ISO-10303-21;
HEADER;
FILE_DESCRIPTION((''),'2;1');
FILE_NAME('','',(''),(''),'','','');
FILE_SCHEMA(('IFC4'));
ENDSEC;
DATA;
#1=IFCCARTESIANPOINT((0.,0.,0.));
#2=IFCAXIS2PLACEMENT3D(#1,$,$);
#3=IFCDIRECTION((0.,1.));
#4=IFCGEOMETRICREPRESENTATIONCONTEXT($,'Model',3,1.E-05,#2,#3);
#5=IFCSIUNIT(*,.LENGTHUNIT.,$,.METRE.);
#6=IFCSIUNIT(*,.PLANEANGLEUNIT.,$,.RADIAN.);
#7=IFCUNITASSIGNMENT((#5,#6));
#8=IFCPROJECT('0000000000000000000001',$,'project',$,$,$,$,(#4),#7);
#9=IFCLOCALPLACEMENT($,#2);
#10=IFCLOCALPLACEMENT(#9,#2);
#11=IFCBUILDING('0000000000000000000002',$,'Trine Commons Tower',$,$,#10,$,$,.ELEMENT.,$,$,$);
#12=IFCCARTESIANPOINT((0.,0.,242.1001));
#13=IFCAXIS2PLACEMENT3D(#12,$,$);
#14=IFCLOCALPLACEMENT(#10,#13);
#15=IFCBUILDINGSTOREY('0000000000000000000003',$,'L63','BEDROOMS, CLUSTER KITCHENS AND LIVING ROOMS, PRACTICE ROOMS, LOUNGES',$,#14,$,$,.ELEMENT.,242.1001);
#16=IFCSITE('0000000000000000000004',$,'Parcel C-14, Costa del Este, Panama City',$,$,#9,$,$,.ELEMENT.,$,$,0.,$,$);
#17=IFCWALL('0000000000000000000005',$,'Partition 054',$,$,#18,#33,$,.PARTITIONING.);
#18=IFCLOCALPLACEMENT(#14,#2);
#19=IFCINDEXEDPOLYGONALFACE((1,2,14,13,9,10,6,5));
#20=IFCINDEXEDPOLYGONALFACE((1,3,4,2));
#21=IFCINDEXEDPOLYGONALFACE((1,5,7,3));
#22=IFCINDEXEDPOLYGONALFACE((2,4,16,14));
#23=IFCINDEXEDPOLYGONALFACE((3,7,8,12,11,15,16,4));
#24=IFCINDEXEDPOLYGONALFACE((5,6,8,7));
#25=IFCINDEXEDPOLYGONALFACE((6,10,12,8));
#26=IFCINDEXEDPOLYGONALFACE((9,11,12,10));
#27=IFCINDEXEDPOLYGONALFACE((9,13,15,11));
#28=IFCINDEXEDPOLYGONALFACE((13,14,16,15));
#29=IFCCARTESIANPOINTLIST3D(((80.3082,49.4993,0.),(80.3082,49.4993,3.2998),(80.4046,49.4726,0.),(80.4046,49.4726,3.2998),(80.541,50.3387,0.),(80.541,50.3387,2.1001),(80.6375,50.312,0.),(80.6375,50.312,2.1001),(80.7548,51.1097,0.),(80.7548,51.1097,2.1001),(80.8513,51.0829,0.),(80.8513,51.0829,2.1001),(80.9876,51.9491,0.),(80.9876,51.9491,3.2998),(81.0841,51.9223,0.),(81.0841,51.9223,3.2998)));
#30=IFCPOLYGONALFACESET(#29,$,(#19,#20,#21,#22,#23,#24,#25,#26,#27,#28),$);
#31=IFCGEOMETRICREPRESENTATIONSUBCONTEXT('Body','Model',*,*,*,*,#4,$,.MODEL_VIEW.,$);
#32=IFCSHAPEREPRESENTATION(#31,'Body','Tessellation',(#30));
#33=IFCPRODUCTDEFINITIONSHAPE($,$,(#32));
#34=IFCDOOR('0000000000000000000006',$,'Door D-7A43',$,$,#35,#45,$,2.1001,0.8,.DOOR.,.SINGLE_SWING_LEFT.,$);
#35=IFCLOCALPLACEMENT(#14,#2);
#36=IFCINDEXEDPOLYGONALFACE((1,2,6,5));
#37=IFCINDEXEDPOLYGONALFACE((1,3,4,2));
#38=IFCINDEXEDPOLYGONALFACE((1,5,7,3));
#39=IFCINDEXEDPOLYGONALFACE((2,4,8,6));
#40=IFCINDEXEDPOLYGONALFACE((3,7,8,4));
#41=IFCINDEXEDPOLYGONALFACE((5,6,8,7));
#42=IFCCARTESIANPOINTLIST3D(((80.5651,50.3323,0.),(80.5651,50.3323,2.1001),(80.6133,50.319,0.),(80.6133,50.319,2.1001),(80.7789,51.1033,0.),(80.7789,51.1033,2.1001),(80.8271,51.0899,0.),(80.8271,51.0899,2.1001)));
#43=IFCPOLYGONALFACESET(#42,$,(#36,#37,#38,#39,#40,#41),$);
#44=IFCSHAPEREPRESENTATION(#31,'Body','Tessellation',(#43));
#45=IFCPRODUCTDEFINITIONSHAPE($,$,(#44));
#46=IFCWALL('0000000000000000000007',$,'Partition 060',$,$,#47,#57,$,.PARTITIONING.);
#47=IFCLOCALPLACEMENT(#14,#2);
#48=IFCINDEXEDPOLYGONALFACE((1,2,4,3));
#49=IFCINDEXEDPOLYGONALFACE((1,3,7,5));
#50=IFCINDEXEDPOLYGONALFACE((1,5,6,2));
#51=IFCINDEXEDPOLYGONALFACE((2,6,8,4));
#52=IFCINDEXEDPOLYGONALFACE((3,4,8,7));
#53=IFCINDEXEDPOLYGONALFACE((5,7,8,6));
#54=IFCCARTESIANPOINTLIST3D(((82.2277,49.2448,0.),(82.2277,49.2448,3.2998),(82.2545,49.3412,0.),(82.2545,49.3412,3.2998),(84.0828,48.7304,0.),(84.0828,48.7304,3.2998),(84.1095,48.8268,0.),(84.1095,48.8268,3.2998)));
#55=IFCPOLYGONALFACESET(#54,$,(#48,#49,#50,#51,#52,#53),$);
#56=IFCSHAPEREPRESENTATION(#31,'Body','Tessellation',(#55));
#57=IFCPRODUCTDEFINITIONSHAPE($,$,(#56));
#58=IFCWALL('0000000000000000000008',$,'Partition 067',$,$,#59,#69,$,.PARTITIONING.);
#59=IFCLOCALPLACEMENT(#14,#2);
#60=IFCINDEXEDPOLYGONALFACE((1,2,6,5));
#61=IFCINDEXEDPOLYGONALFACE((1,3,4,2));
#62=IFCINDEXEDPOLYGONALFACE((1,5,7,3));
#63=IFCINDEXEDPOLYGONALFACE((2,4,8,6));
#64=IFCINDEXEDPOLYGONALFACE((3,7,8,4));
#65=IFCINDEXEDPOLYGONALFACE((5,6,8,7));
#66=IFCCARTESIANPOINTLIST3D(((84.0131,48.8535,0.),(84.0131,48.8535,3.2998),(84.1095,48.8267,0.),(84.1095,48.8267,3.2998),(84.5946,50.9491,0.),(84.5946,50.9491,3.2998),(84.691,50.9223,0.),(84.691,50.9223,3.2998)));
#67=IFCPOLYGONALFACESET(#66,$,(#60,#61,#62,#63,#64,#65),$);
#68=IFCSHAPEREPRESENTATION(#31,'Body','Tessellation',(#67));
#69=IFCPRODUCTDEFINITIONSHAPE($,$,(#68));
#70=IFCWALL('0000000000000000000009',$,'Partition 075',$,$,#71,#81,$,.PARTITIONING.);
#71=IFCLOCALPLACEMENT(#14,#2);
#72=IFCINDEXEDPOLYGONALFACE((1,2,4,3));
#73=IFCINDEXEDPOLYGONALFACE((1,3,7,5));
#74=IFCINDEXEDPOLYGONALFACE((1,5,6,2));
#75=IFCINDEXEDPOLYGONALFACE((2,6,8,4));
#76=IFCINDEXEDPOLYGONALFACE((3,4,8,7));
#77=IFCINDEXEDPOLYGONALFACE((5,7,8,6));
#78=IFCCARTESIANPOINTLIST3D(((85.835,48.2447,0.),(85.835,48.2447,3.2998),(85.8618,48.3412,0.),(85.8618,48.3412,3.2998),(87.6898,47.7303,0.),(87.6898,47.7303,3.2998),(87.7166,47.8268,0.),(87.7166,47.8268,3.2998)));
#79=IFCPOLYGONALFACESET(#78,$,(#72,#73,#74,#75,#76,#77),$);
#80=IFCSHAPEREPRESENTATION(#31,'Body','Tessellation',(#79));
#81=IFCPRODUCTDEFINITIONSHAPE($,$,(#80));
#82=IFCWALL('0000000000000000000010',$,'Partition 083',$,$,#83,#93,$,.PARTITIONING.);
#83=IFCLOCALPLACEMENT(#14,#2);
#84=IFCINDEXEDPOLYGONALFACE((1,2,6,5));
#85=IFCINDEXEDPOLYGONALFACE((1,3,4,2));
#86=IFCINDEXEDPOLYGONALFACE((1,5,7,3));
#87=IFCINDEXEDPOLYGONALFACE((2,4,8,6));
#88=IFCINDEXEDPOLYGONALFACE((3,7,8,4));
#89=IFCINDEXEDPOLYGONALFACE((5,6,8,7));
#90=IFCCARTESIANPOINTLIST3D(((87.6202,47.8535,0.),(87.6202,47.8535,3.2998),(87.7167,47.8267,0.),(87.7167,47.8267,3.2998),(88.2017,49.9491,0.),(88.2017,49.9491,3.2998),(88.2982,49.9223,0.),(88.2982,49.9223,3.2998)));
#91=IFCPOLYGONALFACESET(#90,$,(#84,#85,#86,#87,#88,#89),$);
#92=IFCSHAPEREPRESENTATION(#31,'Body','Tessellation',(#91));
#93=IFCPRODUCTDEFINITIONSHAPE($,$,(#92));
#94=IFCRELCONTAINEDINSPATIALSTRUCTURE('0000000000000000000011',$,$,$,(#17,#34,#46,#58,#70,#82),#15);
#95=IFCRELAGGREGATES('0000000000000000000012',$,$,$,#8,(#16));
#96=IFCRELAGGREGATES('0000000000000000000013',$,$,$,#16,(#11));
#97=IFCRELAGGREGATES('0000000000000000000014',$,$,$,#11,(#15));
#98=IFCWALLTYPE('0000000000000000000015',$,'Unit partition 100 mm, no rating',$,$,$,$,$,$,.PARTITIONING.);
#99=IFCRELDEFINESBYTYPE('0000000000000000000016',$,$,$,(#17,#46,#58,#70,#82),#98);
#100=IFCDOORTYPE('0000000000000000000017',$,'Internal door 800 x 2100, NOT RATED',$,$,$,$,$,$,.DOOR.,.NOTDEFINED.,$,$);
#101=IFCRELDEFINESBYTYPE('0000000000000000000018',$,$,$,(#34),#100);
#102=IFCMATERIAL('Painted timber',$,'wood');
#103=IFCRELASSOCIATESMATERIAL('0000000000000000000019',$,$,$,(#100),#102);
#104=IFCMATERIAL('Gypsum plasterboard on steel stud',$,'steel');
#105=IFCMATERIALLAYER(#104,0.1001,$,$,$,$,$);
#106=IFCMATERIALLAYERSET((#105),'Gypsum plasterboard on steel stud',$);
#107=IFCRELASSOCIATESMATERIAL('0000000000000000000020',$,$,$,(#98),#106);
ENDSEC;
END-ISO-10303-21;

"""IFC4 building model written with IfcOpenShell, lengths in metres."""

from ifc_helpers import new_model, si_unit, direction, frame, frame_2d, origin, place, context, subcontext, project, spatial, rectangle, extrude, material, layer, layer_set, type_object, element, fill, save


model = new_model("IFC4")

# Units and contexts
model_context = context("Model", 3, precision=1e-05, world=origin(), true_north=direction((0.0, 1.0)))
body_context = subcontext(model_context, "Body", "Model", "MODEL_VIEW")
ifc_project = project(units=[si_unit("LENGTHUNIT", "METRE"), si_unit("PLANEANGLEUNIT", "RADIAN")], contexts=[model_context])

# Site, building, storey
site_placement = place(None, origin())
site = spatial("IfcSite", under=ifc_project, at=site_placement, Name="Parcel C-14, Costa del Este, Panama City", CompositionType="ELEMENT", RefElevation=0.0)
building_placement = place(site_placement, origin())
building = spatial("IfcBuilding", under=site, at=building_placement, Name="Trine Commons Tower", CompositionType="ELEMENT")
storey_placement = place(building_placement, frame((0.0, 0.0, 242.1001)))
storey = spatial("IfcBuildingStorey", under=building, at=storey_placement, Name="L63", Description="BEDROOMS, CLUSTER KITCHENS AND LIVING ROOMS, PRACTICE ROOMS, LOUNGES", CompositionType="ELEMENT", Elevation=242.1001)

# Shared definitions
ifc_material_1 = material(Name="Gypsum plasterboard on steel stud", Category="steel")

# Shared definitions
ifc_material_2 = material(Name="Painted timber", Category="wood")
door_type_1 = type_object("IfcDoorType", Name="Internal door 800 x 2100, NOT RATED", OperationType="NOTDEFINED", PredefinedType="DOOR", material=ifc_material_2)

# Wall, opening, door
ifc_layer_1 = layer(ifc_material_1, 0.1001)
ifc_layer_set_1 = layer_set([ifc_layer_1], Name="Gypsum plasterboard on steel stud")
wall_type_1 = type_object("IfcWallType", Name="Unit partition 100 mm, no rating", PredefinedType="PARTITIONING", material=ifc_layer_set_1)
wall_1_placement = place(storey_placement, frame((80.3564, 49.4861, 0.0), z_axis=(0.0, 0.0, 1.0), x_axis=(0.267267, 0.963622, 0.0)))
wall_1 = element("IfcWall", 1, at=wall_1_placement, inside=storey, type_object=wall_type_1, Name="Partition 054", PredefinedType="PARTITIONING", context=body_context, shape_type="SweptSolid", body=[
    extrude(rectangle(XDim=2.5422, YDim=0.1001, at=frame_2d((1.271, 0.0))), origin(), (0.0, 0.0, 1.0), 3.2998),
])
opening_1_placement = place(wall_1_placement, frame((0.8711, 0.0, 0.0)))
opening_1 = element("IfcOpeningElement", 2, at=opening_1_placement, cuts=wall_1, PredefinedType="OPENING", context=body_context, shape_type="SweptSolid", body=[
    extrude(rectangle(XDim=0.8, YDim=2.1001, at=frame_2d((0.3999, 1.05))), frame((0.0, 0.0601, 0.0), z_axis=(0.0, -1.0, 0.0), x_axis=(1.0, 0.0, 0.0)), (0.0, 0.0, 1.0), 0.1201),
])
door_1_placement = place(opening_1_placement, frame((0.8, 0.0, 0.0), z_axis=(0.0, 0.0, 1.0), x_axis=(-1.0, 0.0, 0.0)))
door_1 = element("IfcDoor", 3, at=door_1_placement, inside=storey, type_object=door_type_1, Name="Door D-7A43", OperationType="SINGLE_SWING_LEFT", OverallHeight=2.1001, OverallWidth=0.8, PredefinedType="DOOR", context=body_context, shape_type="SweptSolid", body=[
    extrude(rectangle(XDim=0.8, YDim=2.1001, at=frame_2d((0.3999, 1.05))), frame((0.0, 0.0249, 0.0), z_axis=(0.0, -1.0, 0.0), x_axis=(1.0, 0.0, 0.0)), (0.0, 0.0, 1.0), 0.05),
])
fill(opening_1, door_1)

# Walls
wall_2_placement = place(storey_placement, frame((82.2412, 49.293, 0.0), z_axis=(0.0, 0.0, 1.0), x_axis=(0.963634, -0.267225, 0.0)))
element("IfcWall", 4, at=wall_2_placement, inside=storey, type_object=wall_type_1, Name="Partition 060", PredefinedType="PARTITIONING", context=body_context, shape_type="SweptSolid", body=[
    extrude(rectangle(XDim=1.925, YDim=0.1001, at=frame_2d((0.9624, 0.0))), origin(), (0.0, 0.0, 1.0), 3.2998),
])
wall_3_placement = place(storey_placement, frame((84.0613, 48.8401, 0.0), z_axis=(0.0, 0.0, 1.0), x_axis=(0.267389, 0.963589, 0.0)))
element("IfcWall", 5, at=wall_3_placement, inside=storey, type_object=wall_type_1, Name="Partition 067", PredefinedType="PARTITIONING", context=body_context, shape_type="SweptSolid", body=[
    extrude(rectangle(XDim=2.1748, YDim=0.1001, at=frame_2d((1.0874, 0.0))), origin(), (0.0, 0.0, 1.0), 3.2998),
])
wall_4_placement = place(storey_placement, frame((85.8484, 48.293, 0.0), z_axis=(0.0, 0.0, 1.0), x_axis=(0.963625, -0.267258, 0.0)))
element("IfcWall", 6, at=wall_4_placement, inside=storey, type_object=wall_type_1, Name="Partition 075", PredefinedType="PARTITIONING", context=body_context, shape_type="SweptSolid", body=[
    extrude(rectangle(XDim=1.9248, YDim=0.1001, at=frame_2d((0.9624, 0.0))), origin(), (0.0, 0.0, 1.0), 3.2998),
])
wall_5_placement = place(storey_placement, frame((87.6685, 47.8401, 0.0), z_axis=(0.0, 0.0, 1.0), x_axis=(0.267389, 0.963589, 0.0)))
element("IfcWall", 7, at=wall_5_placement, inside=storey, type_object=wall_type_1, Name="Partition 083", PredefinedType="PARTITIONING", context=body_context, shape_type="SweptSolid", body=[
    extrude(rectangle(XDim=2.1748, YDim=0.1001, at=frame_2d((1.0874, 0.0))), origin(), (0.0, 0.0, 1.0), 3.2998),
])

save(model, "model.ifc")
